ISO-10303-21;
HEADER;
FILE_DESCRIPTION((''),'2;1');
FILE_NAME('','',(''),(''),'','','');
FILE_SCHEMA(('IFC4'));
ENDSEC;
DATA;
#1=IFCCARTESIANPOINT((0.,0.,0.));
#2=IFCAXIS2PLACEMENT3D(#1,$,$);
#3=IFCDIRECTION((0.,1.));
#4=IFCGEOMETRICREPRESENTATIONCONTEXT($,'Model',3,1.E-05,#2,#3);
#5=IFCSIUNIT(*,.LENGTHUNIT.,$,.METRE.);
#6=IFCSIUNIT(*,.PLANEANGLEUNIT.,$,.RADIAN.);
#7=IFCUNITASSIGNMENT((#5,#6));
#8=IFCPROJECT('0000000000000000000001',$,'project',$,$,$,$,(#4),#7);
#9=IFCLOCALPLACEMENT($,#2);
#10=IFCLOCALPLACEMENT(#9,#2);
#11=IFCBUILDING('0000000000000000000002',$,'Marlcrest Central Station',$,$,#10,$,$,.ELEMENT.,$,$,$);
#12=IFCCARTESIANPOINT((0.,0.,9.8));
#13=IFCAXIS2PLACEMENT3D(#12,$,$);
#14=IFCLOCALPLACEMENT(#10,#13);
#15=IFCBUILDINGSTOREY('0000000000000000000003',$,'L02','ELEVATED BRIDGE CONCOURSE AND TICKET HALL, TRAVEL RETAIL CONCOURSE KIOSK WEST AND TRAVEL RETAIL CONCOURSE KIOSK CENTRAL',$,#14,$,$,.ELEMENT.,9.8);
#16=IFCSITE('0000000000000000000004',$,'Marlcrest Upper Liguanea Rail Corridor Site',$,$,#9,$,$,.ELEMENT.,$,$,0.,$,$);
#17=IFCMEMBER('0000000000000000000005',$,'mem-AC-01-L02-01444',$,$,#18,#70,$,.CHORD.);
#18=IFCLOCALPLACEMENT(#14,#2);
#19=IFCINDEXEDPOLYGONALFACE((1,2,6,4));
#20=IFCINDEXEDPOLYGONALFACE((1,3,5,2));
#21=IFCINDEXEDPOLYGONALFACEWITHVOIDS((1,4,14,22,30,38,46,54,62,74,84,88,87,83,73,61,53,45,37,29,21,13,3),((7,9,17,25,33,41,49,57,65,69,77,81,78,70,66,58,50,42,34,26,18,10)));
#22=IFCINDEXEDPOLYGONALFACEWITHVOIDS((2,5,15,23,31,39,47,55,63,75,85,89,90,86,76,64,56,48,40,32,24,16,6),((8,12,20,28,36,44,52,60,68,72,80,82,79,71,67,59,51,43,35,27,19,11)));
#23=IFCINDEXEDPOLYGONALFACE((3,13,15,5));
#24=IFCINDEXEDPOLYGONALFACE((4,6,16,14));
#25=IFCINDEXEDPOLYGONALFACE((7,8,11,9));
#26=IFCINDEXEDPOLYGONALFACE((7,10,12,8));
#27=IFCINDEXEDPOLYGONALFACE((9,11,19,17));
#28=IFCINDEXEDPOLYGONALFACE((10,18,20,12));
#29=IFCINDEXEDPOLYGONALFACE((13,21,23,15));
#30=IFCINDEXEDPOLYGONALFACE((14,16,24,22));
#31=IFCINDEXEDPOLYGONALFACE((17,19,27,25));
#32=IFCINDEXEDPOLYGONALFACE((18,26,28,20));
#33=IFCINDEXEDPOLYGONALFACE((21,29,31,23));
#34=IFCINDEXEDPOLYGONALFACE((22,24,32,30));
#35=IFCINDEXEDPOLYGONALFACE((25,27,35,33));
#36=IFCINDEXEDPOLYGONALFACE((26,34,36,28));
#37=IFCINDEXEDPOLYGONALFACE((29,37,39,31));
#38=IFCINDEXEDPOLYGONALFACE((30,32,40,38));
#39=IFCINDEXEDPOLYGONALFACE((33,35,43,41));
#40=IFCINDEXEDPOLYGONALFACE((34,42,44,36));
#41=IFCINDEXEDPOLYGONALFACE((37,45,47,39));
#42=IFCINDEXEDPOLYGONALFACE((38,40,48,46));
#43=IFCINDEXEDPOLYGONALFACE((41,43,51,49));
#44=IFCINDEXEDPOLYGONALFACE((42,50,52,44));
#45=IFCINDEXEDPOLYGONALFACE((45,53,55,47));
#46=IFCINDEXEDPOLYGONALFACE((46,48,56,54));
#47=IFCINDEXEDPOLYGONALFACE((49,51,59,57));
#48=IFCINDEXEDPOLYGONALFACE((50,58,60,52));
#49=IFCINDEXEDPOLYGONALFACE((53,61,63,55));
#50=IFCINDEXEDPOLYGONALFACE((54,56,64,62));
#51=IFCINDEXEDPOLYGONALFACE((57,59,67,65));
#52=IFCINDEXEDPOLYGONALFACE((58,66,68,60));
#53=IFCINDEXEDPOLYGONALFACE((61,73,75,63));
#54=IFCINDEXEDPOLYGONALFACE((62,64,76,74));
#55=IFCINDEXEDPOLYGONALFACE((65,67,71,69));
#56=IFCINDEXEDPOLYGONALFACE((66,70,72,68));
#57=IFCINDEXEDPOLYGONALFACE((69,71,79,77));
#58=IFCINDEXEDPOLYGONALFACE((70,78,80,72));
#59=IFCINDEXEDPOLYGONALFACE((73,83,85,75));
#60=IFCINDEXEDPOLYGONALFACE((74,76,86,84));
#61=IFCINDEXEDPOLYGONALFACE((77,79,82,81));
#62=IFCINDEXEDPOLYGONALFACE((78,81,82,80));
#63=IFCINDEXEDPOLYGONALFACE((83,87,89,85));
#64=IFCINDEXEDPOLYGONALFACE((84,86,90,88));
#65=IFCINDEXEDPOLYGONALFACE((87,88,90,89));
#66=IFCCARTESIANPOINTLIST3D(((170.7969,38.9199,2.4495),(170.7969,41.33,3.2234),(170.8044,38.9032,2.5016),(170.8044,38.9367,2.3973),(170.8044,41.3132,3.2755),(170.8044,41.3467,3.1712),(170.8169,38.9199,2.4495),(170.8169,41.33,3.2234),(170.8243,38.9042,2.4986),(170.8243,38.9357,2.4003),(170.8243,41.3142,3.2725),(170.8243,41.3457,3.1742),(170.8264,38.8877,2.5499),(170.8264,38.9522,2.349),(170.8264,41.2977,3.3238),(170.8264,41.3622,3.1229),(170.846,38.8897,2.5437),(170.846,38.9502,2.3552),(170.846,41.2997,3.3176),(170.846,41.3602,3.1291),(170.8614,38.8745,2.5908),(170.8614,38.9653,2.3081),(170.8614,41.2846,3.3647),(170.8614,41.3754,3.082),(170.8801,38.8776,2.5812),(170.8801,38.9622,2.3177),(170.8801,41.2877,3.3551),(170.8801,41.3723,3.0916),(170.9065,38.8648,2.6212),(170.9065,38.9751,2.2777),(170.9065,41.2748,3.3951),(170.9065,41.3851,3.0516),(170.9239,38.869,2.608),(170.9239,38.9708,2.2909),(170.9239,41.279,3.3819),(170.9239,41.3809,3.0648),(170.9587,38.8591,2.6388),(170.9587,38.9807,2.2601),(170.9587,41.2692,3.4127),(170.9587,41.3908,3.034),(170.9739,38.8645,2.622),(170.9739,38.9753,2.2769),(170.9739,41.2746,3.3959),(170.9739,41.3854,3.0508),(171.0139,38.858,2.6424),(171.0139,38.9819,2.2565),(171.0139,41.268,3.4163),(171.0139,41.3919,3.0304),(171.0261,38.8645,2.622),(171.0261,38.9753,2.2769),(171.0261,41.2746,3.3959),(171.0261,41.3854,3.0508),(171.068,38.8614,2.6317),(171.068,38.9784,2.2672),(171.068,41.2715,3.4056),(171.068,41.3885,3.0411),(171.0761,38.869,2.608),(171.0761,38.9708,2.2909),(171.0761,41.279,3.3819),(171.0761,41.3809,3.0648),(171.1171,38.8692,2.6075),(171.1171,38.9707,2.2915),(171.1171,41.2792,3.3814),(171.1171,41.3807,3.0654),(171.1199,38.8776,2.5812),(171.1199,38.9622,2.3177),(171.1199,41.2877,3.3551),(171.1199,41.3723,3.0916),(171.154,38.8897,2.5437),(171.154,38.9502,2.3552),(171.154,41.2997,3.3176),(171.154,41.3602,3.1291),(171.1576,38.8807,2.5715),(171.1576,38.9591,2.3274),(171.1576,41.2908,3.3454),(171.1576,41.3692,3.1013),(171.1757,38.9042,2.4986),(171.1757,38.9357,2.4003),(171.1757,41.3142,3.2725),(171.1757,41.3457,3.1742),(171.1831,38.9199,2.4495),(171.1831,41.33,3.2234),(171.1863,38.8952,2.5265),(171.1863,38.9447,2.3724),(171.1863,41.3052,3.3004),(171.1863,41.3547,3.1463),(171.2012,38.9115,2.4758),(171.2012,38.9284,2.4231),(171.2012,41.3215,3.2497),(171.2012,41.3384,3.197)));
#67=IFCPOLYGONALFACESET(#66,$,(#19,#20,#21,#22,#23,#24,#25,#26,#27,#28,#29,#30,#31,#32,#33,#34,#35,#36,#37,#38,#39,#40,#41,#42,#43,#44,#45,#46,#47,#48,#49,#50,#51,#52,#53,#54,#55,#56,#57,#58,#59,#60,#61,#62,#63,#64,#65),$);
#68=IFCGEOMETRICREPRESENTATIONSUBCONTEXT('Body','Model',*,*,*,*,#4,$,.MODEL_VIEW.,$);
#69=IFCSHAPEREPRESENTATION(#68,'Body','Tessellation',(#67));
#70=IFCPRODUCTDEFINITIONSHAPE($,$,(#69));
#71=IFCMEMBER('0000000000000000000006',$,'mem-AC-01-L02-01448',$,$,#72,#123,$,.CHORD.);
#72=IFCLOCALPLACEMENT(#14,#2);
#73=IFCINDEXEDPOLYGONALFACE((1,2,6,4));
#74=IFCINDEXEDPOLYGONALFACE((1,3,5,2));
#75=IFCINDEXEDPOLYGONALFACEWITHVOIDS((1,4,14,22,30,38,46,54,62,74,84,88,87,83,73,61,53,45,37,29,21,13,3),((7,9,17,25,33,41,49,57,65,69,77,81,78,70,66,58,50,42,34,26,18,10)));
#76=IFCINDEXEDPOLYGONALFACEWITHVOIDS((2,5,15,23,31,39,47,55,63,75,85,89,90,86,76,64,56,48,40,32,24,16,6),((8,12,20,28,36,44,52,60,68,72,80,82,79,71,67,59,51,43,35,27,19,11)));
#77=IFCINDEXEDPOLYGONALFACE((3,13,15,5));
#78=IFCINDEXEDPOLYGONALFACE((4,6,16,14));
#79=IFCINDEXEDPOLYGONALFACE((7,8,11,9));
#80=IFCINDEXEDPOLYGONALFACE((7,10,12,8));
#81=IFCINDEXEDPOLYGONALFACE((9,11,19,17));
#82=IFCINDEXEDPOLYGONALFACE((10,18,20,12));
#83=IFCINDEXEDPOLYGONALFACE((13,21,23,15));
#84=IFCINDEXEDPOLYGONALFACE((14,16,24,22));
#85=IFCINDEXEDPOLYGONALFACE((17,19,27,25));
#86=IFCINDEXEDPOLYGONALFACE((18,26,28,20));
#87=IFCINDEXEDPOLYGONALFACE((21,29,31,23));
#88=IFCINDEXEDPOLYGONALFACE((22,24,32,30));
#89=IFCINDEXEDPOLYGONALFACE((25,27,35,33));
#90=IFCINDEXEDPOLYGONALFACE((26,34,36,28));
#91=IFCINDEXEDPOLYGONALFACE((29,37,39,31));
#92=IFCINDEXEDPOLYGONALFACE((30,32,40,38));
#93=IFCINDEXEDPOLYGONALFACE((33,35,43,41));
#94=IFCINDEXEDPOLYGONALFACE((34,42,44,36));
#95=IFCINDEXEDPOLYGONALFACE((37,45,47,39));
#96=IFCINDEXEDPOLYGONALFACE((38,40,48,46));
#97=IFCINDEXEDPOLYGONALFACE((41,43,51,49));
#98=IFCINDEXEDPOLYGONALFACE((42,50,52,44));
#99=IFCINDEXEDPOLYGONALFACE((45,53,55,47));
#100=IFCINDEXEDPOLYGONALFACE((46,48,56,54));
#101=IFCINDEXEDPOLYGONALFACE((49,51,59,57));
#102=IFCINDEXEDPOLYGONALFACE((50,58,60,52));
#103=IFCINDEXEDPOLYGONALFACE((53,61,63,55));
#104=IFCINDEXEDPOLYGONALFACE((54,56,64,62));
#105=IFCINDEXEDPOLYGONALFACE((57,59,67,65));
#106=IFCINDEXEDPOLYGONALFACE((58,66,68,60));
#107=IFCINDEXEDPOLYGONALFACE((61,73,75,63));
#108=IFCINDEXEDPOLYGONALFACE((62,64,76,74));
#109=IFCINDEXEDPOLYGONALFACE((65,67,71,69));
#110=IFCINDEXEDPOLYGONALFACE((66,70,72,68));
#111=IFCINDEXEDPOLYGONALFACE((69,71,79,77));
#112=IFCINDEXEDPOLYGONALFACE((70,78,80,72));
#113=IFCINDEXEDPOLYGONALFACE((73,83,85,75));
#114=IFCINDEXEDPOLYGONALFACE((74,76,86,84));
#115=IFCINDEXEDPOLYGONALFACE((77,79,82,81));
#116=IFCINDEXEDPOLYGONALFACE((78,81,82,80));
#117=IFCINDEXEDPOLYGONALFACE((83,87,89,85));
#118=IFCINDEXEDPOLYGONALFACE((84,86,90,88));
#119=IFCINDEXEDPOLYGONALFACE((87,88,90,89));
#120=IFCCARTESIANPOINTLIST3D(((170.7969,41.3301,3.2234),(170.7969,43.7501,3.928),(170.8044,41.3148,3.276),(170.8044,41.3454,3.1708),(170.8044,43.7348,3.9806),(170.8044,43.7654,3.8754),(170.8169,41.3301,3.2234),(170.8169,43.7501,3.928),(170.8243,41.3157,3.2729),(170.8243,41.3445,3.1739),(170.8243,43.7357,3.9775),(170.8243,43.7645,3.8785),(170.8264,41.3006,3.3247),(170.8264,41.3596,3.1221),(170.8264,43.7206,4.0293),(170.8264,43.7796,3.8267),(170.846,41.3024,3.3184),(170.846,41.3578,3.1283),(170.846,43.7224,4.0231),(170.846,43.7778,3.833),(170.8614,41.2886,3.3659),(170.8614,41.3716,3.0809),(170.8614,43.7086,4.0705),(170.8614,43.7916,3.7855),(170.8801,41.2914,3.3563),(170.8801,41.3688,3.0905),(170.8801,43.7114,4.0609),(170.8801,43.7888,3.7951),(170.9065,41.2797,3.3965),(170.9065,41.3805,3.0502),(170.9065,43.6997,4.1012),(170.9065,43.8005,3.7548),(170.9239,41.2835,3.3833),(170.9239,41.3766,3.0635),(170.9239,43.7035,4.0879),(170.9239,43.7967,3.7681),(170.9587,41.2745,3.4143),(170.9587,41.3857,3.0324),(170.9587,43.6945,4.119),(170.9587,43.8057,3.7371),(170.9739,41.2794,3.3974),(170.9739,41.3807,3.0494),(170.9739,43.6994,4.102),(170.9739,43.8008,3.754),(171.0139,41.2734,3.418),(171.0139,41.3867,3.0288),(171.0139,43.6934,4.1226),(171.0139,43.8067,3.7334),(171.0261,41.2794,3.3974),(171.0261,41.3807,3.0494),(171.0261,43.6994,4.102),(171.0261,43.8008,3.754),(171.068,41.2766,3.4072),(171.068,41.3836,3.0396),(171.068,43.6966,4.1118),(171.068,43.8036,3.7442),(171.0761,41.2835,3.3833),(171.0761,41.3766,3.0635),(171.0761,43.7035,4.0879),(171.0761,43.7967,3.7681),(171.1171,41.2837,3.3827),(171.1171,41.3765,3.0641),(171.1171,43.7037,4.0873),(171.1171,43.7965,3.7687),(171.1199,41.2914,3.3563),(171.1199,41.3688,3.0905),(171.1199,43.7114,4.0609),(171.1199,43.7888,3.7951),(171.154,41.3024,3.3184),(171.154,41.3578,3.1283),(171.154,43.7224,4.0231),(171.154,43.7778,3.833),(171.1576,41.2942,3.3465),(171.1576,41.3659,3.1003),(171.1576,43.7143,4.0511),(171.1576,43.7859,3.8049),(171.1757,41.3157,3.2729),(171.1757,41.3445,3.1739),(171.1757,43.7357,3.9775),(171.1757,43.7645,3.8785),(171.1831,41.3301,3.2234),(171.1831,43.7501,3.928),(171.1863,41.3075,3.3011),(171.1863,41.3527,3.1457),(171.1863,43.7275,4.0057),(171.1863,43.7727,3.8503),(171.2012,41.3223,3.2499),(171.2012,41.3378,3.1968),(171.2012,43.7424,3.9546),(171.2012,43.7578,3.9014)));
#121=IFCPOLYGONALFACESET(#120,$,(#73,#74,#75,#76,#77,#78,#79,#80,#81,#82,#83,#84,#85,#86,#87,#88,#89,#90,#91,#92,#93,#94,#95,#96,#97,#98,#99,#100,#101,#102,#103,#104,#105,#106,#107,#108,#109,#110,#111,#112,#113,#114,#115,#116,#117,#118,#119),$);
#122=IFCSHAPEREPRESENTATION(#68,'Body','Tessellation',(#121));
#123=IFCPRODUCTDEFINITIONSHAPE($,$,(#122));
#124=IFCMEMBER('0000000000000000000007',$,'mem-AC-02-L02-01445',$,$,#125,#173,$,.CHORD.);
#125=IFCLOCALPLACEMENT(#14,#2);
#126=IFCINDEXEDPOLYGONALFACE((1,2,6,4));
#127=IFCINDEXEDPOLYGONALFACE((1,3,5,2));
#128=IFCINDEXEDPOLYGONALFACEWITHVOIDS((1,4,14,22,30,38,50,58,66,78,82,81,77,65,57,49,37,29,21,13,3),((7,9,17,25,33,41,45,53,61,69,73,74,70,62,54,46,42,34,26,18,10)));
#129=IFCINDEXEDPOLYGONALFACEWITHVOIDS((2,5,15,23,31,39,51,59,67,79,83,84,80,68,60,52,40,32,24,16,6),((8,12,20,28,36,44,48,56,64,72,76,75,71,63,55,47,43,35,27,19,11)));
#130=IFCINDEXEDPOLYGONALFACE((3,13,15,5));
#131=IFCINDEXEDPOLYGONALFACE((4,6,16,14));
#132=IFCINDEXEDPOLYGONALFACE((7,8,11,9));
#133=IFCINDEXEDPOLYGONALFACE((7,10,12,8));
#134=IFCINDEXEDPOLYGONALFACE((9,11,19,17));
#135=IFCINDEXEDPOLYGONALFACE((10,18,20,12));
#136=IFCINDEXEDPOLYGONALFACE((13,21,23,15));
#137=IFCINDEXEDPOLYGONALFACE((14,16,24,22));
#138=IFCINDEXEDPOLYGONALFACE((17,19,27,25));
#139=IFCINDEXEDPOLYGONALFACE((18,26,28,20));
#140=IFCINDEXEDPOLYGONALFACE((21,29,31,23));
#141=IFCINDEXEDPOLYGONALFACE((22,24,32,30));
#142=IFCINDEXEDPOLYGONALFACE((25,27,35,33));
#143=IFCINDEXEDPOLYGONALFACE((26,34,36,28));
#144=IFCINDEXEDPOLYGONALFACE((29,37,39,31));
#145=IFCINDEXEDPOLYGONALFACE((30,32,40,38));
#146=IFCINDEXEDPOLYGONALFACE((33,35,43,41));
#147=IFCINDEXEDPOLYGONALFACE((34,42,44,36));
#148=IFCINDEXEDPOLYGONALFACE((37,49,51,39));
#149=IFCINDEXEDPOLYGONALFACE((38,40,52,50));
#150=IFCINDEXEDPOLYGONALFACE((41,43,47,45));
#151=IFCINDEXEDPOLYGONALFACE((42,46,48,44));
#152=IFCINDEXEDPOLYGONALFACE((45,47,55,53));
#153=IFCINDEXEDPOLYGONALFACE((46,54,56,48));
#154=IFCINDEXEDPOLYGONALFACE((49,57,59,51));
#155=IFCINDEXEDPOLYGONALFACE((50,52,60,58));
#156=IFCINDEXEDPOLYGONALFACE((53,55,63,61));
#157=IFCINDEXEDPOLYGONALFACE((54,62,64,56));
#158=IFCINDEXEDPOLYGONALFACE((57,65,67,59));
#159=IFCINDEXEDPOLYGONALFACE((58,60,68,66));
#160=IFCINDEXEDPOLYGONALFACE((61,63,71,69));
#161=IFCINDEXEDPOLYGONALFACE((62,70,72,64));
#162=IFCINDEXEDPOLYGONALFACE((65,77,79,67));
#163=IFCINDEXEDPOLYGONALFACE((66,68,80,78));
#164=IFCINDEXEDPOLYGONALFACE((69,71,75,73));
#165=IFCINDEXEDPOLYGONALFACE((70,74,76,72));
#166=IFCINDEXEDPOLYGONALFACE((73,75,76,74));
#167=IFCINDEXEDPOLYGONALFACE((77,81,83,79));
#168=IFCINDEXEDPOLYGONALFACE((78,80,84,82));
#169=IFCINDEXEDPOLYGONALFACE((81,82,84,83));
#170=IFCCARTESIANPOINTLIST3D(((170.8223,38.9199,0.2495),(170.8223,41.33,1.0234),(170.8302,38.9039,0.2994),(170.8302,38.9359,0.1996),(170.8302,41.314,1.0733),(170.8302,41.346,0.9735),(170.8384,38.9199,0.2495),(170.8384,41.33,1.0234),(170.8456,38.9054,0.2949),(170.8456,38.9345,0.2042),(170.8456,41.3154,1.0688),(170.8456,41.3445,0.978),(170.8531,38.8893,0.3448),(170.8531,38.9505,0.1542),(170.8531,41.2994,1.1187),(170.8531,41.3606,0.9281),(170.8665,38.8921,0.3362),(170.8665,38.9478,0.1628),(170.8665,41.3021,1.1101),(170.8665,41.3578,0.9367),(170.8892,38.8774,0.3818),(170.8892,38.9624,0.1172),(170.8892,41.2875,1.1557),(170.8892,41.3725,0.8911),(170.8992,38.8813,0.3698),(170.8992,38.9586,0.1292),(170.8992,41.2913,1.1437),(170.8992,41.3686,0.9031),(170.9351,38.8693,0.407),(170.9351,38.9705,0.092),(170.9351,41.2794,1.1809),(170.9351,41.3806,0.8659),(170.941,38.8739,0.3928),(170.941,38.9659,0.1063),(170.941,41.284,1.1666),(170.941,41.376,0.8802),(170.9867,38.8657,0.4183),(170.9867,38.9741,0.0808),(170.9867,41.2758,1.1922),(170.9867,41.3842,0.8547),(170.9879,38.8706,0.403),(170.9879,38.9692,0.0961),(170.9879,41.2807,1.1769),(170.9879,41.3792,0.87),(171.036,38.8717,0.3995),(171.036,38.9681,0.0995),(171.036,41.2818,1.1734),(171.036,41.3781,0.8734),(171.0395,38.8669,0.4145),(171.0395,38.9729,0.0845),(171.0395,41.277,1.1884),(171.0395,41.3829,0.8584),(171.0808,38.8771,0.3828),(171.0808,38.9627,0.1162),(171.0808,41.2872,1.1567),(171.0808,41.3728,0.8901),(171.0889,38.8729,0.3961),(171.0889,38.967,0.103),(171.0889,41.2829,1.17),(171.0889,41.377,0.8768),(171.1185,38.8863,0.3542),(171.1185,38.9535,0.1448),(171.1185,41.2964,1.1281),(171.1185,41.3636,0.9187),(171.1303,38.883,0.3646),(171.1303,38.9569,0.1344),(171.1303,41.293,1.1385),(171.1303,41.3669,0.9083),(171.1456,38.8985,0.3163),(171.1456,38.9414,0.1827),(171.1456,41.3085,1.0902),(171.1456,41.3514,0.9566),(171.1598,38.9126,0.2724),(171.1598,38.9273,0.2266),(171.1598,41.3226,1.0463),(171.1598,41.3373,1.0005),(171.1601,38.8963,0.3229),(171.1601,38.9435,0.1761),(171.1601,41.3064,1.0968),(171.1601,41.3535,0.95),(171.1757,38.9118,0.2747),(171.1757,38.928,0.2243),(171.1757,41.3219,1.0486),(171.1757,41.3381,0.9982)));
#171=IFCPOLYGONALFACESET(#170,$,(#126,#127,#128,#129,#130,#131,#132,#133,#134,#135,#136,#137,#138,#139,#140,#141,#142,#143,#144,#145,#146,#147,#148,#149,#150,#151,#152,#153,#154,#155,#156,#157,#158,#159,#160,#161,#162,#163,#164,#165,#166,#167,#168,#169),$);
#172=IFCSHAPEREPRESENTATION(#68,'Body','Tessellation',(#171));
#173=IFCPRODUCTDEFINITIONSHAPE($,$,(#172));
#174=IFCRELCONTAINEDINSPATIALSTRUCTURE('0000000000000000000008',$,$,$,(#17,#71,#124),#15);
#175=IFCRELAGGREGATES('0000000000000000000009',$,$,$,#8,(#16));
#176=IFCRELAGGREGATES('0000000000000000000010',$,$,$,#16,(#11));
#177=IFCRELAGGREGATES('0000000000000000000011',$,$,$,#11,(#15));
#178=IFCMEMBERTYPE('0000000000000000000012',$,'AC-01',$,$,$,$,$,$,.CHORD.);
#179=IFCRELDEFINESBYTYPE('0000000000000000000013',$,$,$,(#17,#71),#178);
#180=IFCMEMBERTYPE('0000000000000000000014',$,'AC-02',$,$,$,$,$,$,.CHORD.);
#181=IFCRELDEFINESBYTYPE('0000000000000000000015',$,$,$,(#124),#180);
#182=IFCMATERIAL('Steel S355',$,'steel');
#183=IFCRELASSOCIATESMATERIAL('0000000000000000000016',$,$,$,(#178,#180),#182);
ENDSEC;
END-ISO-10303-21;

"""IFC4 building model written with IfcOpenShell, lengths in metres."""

from ifc_helpers import new_model, si_unit, direction, frame, origin, origin_2d, place, context, subcontext, project, spatial, hollow_circle, extrude, material, material_profile, profile_set, type_object, element, save


model = new_model("IFC4")

# Units and contexts
model_context = context("Model", 3, precision=1e-05, world=origin(), true_north=direction((0.0, 1.0)))
body_context = subcontext(model_context, "Body", "Model", "MODEL_VIEW")
ifc_project = project(units=[si_unit("LENGTHUNIT", "METRE"), si_unit("PLANEANGLEUNIT", "RADIAN")], contexts=[model_context])

# Site, building, storey
site_placement = place(None, origin())
site = spatial("IfcSite", under=ifc_project, at=site_placement, Name="Marlcrest Upper Liguanea Rail Corridor Site", CompositionType="ELEMENT", RefElevation=0.0)
building_placement = place(site_placement, origin())
building = spatial("IfcBuilding", under=site, at=building_placement, Name="Marlcrest Central Station", CompositionType="ELEMENT")
storey_placement = place(building_placement, frame((0.0, 0.0, 9.8)))
storey = spatial("IfcBuildingStorey", under=building, at=storey_placement, Name="L02", Description="ELEVATED BRIDGE CONCOURSE AND TICKET HALL, TRAVEL RETAIL CONCOURSE KIOSK WEST AND TRAVEL RETAIL CONCOURSE KIOSK CENTRAL", CompositionType="ELEMENT", Elevation=9.8)

# Members
ifc_material_1 = material(Name="Steel S355", Category="steel")
ifc_material_profile_1 = material_profile(ifc_material_1, hollow_circle(Radius=0.2031, WallThickness=0.02, at=origin_2d()), Name="CHS 406.4x20")
ifc_profile_set_1 = profile_set([ifc_material_profile_1], Name="Steel S355")
member_type_1 = type_object("IfcMemberType", Name="AC-01", PredefinedType="CHORD", material=ifc_profile_set_1)
member_1_placement = place(storey_placement, frame((171.0, 38.9199, 2.4495), z_axis=(0.0, 0.952117, 0.305734), x_axis=(-1.0, 0.0, 0.0)))
element("IfcMember", 1, at=member_1_placement, inside=storey, type_object=member_type_1, Name="mem-AC-01-L02-01444", PredefinedType="CHORD", context=body_context, shape_type="SweptSolid", body=[
    extrude(hollow_circle(Radius=0.2031, WallThickness=0.02, at=origin_2d()), origin(), (0.0, 0.0, 1.0), 2.5312),
])
member_2_placement = place(storey_placement, frame((171.0, 41.3301, 3.2234), z_axis=(0.0, 0.96013, 0.279554), x_axis=(-1.0, 0.0, 0.0)))
element("IfcMember", 2, at=member_2_placement, inside=storey, type_object=member_type_1, Name="mem-AC-01-L02-01448", PredefinedType="CHORD", context=body_context, shape_type="SweptSolid", body=[
    extrude(hollow_circle(Radius=0.2031, WallThickness=0.02, at=origin_2d()), origin(), (0.0, 0.0, 1.0), 2.5205),
])
ifc_material_profile_2 = material_profile(ifc_material_1, hollow_circle(Radius=0.1777, WallThickness=0.0161, at=origin_2d()), Name="CHS 355.6x16")
ifc_profile_set_2 = profile_set([ifc_material_profile_2], Name="Steel S355")
member_type_2 = type_object("IfcMemberType", Name="AC-02", PredefinedType="CHORD", material=ifc_profile_set_2)
member_3_placement = place(storey_placement, frame((171.0, 38.9199, 0.2495), z_axis=(0.0, 0.952117, 0.305734), x_axis=(-1.0, 0.0, 0.0)))
element("IfcMember", 3, at=member_3_placement, inside=storey, type_object=member_type_2, Name="mem-AC-02-L02-01445", PredefinedType="CHORD", context=body_context, shape_type="SweptSolid", body=[
    extrude(hollow_circle(Radius=0.1777, WallThickness=0.0161, at=origin_2d()), origin(), (0.0, 0.0, 1.0), 2.5312),
])

save(model, "model.ifc")
